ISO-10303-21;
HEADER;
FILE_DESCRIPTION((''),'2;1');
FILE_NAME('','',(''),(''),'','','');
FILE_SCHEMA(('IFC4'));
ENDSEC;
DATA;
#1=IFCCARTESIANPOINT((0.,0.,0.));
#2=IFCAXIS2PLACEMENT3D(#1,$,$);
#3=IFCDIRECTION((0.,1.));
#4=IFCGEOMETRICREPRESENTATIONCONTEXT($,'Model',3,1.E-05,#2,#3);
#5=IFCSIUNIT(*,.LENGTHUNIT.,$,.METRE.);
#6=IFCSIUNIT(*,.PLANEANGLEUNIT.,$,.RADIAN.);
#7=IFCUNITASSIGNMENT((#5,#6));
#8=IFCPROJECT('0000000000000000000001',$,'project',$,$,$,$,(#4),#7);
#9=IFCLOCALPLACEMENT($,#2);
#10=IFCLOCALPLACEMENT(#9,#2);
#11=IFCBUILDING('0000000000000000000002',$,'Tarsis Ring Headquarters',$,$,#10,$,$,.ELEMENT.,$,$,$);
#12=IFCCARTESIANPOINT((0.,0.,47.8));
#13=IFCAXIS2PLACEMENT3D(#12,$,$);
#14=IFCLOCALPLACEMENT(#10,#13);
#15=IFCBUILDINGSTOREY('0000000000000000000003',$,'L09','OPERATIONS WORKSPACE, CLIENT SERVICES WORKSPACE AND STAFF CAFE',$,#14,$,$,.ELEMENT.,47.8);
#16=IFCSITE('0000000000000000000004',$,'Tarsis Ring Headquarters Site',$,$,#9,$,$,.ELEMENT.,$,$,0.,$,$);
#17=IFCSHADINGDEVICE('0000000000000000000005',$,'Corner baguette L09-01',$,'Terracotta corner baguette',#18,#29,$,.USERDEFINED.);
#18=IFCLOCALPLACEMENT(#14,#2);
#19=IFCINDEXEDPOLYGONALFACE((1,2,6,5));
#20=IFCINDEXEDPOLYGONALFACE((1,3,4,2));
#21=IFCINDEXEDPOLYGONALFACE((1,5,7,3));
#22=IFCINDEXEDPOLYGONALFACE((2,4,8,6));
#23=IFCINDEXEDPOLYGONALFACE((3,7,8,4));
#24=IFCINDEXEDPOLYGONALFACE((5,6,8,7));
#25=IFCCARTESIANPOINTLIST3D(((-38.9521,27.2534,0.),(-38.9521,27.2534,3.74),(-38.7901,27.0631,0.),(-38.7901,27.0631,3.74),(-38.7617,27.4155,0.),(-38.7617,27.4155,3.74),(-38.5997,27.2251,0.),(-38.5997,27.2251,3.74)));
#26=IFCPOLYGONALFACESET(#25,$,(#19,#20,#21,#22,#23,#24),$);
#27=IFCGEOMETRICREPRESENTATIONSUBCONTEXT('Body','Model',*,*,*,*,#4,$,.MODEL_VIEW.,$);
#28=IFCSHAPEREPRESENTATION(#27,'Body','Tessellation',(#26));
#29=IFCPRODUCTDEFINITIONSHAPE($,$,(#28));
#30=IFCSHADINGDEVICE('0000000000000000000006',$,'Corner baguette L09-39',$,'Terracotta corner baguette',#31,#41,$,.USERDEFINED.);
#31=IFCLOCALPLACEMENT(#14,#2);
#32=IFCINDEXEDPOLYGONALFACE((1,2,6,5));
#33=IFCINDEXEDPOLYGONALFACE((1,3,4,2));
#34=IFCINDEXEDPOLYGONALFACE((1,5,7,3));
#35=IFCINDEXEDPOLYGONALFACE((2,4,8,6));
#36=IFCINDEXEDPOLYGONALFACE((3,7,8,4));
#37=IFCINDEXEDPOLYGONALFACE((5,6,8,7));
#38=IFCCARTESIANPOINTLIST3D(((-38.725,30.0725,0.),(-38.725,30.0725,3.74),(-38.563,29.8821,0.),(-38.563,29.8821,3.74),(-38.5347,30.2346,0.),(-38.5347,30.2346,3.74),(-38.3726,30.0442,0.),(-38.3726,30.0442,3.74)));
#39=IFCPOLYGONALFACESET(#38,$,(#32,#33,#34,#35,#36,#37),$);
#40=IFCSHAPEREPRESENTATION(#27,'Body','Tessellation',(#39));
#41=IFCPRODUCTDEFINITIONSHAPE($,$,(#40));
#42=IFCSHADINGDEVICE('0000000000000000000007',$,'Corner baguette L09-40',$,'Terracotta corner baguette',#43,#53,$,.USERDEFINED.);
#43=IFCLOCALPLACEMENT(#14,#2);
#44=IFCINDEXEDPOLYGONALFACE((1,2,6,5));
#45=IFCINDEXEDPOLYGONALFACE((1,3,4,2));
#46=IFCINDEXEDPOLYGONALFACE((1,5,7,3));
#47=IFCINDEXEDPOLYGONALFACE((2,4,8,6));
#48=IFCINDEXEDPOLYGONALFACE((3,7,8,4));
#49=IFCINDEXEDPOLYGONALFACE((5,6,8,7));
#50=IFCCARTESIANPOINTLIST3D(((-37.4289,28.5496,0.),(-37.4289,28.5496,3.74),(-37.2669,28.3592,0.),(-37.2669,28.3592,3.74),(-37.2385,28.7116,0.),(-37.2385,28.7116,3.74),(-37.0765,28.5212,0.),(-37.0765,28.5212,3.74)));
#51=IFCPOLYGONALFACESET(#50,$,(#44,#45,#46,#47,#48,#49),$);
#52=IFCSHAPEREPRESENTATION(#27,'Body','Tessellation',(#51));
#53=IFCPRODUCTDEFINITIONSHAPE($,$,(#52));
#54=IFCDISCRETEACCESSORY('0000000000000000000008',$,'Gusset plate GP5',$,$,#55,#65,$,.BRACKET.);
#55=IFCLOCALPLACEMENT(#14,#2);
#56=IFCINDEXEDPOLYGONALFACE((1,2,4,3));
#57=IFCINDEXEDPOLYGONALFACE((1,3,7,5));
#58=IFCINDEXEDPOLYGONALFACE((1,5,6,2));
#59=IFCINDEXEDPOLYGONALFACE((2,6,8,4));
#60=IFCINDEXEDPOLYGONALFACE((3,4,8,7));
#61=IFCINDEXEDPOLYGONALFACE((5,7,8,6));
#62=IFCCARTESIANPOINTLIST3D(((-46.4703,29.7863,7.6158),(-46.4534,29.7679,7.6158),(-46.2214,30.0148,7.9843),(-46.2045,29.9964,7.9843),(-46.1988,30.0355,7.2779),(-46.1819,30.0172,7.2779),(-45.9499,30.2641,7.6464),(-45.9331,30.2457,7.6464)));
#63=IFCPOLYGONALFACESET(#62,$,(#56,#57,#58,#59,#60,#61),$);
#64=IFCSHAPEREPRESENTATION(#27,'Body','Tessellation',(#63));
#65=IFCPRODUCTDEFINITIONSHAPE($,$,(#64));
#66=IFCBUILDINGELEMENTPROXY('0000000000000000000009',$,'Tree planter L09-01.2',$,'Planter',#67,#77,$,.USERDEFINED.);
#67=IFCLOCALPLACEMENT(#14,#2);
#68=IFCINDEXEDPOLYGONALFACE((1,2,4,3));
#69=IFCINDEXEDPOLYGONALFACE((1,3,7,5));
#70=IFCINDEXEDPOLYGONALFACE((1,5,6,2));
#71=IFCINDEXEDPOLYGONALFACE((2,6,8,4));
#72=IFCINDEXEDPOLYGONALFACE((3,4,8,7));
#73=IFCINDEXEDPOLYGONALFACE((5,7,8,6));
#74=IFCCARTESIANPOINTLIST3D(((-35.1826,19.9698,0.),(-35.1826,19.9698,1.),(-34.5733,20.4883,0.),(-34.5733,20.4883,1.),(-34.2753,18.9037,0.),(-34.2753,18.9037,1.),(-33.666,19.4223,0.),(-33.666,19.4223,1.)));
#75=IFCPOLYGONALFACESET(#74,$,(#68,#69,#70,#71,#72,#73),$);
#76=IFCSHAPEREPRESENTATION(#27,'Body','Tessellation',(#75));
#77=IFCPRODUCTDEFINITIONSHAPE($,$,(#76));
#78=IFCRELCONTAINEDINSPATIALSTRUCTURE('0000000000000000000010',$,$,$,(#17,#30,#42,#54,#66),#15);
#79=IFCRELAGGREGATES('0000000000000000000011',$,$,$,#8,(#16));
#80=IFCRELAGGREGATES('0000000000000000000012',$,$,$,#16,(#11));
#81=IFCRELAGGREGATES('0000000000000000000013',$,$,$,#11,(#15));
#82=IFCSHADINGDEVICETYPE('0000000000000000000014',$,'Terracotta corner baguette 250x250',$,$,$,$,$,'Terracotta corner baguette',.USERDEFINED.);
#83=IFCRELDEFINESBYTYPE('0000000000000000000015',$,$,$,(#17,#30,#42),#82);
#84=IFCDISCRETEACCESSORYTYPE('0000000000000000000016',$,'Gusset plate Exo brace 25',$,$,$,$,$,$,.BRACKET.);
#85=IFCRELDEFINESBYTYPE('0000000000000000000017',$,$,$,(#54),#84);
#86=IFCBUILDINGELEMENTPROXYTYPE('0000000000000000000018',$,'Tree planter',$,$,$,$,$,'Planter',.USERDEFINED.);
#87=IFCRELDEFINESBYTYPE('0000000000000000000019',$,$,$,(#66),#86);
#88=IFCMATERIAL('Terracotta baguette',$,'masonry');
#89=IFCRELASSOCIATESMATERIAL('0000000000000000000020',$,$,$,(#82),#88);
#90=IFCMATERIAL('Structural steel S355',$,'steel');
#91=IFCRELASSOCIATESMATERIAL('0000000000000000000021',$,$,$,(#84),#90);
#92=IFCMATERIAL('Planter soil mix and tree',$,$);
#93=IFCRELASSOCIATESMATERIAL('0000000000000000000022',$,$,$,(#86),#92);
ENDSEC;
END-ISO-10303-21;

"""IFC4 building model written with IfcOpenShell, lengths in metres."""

from ifc_helpers import new_model, si_unit, direction, frame, origin, origin_2d, place, context, subcontext, project, spatial, rectangle, extrude, material, material_profile, profile_set, type_object, element, save


model = new_model("IFC4")

# Units and contexts
model_context = context("Model", 3, precision=1e-05, world=origin(), true_north=direction((0.0, 1.0)))
body_context = subcontext(model_context, "Body", "Model", "MODEL_VIEW")
ifc_project = project(units=[si_unit("LENGTHUNIT", "METRE"), si_unit("PLANEANGLEUNIT", "RADIAN")], contexts=[model_context])

# Site, building, storey
site_placement = place(None, origin())
site = spatial("IfcSite", under=ifc_project, at=site_placement, Name="Tarsis Ring Headquarters Site", CompositionType="ELEMENT", RefElevation=0.0)
building_placement = place(site_placement, origin())
building = spatial("IfcBuilding", under=site, at=building_placement, Name="Tarsis Ring Headquarters", CompositionType="ELEMENT")
storey_placement = place(building_placement, frame((0.0, 0.0, 47.8)))
storey = spatial("IfcBuildingStorey", under=building, at=storey_placement, Name="L09", Description="OPERATIONS WORKSPACE, CLIENT SERVICES WORKSPACE AND STAFF CAFE", CompositionType="ELEMENT", Elevation=47.8)

# Shared definitions
ifc_material_1 = material(Name="Structural steel S355", Category="steel")

# Shading devices
ifc_material_2 = material(Name="Terracotta baguette", Category="masonry")
shading_device_type_1 = type_object("IfcShadingDeviceType", Name="Terracotta corner baguette 250x250", ElementType="Terracotta corner baguette", PredefinedType="USERDEFINED", material=ifc_material_2)
for number, where, z_axis, x_axis, name in (
    (1, (-38.7759, 27.2393, 0.0), (0.0, 0.0, 1.0), (-0.761538, -0.64812, 0.0), "Corner baguette L09-01"),
    (2, (-38.5488, 30.0583, 0.0), (0.0, 0.0, 1.0), (-0.761538, -0.64812, 0.0), "Corner baguette L09-39"),
    (3, (-37.2527, 28.5354, 0.0), (0.0, 0.0, 1.0), (0.64812, -0.761538, 0.0), "Corner baguette L09-40"),
):
    element("IfcShadingDevice", number, at=place(storey_placement, frame(where, z_axis=z_axis, x_axis=x_axis)), inside=storey, type_object=shading_device_type_1, Name=name, ObjectType="Terracotta corner baguette", PredefinedType="USERDEFINED", context=body_context, shape_type="SweptSolid", body=[
        extrude(rectangle(XDim=0.25, YDim=0.25, at=origin_2d()), origin(), (0.0, 0.0, 1.0), 3.74),
    ])

# Discrete accessory
ifc_material_profile_1 = material_profile(ifc_material_1, rectangle(XDim=0.0249, YDim=0.5, at=origin_2d()), Name="PL 25x500")
ifc_profile_set_1 = profile_set([ifc_material_profile_1], Name="Structural steel S355")
discrete_accessory_type = type_object("IfcDiscreteAccessoryType", Name="Gusset plate Exo brace 25", PredefinedType="BRACKET", material=ifc_profile_set_1)
discrete_accessory_placement = place(storey_placement, frame((-46.3374, 29.8914, 7.8), z_axis=(0.54296, 0.498527, -0.67577), x_axis=(-0.676324, 0.736604, 0.0)))
element("IfcDiscreteAccessory", 4, at=discrete_accessory_placement, inside=storey, type_object=discrete_accessory_type, Name="Gusset plate GP5", PredefinedType="BRACKET", context=body_context, shape_type="SweptSolid", body=[
    extrude(rectangle(XDim=0.0249, YDim=0.5, at=origin_2d()), origin(), (0.0, 0.0, 1.0), 0.5),
])

# Building element proxy
ifc_material_3 = material(Name="Planter soil mix and tree")
building_element_proxy_type = type_object("IfcBuildingElementProxyType", Name="Tree planter", ElementType="Planter", PredefinedType="USERDEFINED", material=ifc_material_3)
proxy_placement = place(storey_placement, frame((-34.4243, 19.696, 0.0), z_axis=(0.0, 0.0, 1.0), x_axis=(0.64812, -0.761538, 0.0)))
element("IfcBuildingElementProxy", 5, at=proxy_placement, inside=storey, type_object=building_element_proxy_type, Name="Tree planter L09-01.2", ObjectType="Planter", PredefinedType="USERDEFINED", context=body_context, shape_type="SweptSolid", body=[
    extrude(rectangle(XDim=1.3999, YDim=0.8, at=origin_2d()), origin(), (0.0, 0.0, 1.0), 1.0),
])

save(model, "model.ifc")
